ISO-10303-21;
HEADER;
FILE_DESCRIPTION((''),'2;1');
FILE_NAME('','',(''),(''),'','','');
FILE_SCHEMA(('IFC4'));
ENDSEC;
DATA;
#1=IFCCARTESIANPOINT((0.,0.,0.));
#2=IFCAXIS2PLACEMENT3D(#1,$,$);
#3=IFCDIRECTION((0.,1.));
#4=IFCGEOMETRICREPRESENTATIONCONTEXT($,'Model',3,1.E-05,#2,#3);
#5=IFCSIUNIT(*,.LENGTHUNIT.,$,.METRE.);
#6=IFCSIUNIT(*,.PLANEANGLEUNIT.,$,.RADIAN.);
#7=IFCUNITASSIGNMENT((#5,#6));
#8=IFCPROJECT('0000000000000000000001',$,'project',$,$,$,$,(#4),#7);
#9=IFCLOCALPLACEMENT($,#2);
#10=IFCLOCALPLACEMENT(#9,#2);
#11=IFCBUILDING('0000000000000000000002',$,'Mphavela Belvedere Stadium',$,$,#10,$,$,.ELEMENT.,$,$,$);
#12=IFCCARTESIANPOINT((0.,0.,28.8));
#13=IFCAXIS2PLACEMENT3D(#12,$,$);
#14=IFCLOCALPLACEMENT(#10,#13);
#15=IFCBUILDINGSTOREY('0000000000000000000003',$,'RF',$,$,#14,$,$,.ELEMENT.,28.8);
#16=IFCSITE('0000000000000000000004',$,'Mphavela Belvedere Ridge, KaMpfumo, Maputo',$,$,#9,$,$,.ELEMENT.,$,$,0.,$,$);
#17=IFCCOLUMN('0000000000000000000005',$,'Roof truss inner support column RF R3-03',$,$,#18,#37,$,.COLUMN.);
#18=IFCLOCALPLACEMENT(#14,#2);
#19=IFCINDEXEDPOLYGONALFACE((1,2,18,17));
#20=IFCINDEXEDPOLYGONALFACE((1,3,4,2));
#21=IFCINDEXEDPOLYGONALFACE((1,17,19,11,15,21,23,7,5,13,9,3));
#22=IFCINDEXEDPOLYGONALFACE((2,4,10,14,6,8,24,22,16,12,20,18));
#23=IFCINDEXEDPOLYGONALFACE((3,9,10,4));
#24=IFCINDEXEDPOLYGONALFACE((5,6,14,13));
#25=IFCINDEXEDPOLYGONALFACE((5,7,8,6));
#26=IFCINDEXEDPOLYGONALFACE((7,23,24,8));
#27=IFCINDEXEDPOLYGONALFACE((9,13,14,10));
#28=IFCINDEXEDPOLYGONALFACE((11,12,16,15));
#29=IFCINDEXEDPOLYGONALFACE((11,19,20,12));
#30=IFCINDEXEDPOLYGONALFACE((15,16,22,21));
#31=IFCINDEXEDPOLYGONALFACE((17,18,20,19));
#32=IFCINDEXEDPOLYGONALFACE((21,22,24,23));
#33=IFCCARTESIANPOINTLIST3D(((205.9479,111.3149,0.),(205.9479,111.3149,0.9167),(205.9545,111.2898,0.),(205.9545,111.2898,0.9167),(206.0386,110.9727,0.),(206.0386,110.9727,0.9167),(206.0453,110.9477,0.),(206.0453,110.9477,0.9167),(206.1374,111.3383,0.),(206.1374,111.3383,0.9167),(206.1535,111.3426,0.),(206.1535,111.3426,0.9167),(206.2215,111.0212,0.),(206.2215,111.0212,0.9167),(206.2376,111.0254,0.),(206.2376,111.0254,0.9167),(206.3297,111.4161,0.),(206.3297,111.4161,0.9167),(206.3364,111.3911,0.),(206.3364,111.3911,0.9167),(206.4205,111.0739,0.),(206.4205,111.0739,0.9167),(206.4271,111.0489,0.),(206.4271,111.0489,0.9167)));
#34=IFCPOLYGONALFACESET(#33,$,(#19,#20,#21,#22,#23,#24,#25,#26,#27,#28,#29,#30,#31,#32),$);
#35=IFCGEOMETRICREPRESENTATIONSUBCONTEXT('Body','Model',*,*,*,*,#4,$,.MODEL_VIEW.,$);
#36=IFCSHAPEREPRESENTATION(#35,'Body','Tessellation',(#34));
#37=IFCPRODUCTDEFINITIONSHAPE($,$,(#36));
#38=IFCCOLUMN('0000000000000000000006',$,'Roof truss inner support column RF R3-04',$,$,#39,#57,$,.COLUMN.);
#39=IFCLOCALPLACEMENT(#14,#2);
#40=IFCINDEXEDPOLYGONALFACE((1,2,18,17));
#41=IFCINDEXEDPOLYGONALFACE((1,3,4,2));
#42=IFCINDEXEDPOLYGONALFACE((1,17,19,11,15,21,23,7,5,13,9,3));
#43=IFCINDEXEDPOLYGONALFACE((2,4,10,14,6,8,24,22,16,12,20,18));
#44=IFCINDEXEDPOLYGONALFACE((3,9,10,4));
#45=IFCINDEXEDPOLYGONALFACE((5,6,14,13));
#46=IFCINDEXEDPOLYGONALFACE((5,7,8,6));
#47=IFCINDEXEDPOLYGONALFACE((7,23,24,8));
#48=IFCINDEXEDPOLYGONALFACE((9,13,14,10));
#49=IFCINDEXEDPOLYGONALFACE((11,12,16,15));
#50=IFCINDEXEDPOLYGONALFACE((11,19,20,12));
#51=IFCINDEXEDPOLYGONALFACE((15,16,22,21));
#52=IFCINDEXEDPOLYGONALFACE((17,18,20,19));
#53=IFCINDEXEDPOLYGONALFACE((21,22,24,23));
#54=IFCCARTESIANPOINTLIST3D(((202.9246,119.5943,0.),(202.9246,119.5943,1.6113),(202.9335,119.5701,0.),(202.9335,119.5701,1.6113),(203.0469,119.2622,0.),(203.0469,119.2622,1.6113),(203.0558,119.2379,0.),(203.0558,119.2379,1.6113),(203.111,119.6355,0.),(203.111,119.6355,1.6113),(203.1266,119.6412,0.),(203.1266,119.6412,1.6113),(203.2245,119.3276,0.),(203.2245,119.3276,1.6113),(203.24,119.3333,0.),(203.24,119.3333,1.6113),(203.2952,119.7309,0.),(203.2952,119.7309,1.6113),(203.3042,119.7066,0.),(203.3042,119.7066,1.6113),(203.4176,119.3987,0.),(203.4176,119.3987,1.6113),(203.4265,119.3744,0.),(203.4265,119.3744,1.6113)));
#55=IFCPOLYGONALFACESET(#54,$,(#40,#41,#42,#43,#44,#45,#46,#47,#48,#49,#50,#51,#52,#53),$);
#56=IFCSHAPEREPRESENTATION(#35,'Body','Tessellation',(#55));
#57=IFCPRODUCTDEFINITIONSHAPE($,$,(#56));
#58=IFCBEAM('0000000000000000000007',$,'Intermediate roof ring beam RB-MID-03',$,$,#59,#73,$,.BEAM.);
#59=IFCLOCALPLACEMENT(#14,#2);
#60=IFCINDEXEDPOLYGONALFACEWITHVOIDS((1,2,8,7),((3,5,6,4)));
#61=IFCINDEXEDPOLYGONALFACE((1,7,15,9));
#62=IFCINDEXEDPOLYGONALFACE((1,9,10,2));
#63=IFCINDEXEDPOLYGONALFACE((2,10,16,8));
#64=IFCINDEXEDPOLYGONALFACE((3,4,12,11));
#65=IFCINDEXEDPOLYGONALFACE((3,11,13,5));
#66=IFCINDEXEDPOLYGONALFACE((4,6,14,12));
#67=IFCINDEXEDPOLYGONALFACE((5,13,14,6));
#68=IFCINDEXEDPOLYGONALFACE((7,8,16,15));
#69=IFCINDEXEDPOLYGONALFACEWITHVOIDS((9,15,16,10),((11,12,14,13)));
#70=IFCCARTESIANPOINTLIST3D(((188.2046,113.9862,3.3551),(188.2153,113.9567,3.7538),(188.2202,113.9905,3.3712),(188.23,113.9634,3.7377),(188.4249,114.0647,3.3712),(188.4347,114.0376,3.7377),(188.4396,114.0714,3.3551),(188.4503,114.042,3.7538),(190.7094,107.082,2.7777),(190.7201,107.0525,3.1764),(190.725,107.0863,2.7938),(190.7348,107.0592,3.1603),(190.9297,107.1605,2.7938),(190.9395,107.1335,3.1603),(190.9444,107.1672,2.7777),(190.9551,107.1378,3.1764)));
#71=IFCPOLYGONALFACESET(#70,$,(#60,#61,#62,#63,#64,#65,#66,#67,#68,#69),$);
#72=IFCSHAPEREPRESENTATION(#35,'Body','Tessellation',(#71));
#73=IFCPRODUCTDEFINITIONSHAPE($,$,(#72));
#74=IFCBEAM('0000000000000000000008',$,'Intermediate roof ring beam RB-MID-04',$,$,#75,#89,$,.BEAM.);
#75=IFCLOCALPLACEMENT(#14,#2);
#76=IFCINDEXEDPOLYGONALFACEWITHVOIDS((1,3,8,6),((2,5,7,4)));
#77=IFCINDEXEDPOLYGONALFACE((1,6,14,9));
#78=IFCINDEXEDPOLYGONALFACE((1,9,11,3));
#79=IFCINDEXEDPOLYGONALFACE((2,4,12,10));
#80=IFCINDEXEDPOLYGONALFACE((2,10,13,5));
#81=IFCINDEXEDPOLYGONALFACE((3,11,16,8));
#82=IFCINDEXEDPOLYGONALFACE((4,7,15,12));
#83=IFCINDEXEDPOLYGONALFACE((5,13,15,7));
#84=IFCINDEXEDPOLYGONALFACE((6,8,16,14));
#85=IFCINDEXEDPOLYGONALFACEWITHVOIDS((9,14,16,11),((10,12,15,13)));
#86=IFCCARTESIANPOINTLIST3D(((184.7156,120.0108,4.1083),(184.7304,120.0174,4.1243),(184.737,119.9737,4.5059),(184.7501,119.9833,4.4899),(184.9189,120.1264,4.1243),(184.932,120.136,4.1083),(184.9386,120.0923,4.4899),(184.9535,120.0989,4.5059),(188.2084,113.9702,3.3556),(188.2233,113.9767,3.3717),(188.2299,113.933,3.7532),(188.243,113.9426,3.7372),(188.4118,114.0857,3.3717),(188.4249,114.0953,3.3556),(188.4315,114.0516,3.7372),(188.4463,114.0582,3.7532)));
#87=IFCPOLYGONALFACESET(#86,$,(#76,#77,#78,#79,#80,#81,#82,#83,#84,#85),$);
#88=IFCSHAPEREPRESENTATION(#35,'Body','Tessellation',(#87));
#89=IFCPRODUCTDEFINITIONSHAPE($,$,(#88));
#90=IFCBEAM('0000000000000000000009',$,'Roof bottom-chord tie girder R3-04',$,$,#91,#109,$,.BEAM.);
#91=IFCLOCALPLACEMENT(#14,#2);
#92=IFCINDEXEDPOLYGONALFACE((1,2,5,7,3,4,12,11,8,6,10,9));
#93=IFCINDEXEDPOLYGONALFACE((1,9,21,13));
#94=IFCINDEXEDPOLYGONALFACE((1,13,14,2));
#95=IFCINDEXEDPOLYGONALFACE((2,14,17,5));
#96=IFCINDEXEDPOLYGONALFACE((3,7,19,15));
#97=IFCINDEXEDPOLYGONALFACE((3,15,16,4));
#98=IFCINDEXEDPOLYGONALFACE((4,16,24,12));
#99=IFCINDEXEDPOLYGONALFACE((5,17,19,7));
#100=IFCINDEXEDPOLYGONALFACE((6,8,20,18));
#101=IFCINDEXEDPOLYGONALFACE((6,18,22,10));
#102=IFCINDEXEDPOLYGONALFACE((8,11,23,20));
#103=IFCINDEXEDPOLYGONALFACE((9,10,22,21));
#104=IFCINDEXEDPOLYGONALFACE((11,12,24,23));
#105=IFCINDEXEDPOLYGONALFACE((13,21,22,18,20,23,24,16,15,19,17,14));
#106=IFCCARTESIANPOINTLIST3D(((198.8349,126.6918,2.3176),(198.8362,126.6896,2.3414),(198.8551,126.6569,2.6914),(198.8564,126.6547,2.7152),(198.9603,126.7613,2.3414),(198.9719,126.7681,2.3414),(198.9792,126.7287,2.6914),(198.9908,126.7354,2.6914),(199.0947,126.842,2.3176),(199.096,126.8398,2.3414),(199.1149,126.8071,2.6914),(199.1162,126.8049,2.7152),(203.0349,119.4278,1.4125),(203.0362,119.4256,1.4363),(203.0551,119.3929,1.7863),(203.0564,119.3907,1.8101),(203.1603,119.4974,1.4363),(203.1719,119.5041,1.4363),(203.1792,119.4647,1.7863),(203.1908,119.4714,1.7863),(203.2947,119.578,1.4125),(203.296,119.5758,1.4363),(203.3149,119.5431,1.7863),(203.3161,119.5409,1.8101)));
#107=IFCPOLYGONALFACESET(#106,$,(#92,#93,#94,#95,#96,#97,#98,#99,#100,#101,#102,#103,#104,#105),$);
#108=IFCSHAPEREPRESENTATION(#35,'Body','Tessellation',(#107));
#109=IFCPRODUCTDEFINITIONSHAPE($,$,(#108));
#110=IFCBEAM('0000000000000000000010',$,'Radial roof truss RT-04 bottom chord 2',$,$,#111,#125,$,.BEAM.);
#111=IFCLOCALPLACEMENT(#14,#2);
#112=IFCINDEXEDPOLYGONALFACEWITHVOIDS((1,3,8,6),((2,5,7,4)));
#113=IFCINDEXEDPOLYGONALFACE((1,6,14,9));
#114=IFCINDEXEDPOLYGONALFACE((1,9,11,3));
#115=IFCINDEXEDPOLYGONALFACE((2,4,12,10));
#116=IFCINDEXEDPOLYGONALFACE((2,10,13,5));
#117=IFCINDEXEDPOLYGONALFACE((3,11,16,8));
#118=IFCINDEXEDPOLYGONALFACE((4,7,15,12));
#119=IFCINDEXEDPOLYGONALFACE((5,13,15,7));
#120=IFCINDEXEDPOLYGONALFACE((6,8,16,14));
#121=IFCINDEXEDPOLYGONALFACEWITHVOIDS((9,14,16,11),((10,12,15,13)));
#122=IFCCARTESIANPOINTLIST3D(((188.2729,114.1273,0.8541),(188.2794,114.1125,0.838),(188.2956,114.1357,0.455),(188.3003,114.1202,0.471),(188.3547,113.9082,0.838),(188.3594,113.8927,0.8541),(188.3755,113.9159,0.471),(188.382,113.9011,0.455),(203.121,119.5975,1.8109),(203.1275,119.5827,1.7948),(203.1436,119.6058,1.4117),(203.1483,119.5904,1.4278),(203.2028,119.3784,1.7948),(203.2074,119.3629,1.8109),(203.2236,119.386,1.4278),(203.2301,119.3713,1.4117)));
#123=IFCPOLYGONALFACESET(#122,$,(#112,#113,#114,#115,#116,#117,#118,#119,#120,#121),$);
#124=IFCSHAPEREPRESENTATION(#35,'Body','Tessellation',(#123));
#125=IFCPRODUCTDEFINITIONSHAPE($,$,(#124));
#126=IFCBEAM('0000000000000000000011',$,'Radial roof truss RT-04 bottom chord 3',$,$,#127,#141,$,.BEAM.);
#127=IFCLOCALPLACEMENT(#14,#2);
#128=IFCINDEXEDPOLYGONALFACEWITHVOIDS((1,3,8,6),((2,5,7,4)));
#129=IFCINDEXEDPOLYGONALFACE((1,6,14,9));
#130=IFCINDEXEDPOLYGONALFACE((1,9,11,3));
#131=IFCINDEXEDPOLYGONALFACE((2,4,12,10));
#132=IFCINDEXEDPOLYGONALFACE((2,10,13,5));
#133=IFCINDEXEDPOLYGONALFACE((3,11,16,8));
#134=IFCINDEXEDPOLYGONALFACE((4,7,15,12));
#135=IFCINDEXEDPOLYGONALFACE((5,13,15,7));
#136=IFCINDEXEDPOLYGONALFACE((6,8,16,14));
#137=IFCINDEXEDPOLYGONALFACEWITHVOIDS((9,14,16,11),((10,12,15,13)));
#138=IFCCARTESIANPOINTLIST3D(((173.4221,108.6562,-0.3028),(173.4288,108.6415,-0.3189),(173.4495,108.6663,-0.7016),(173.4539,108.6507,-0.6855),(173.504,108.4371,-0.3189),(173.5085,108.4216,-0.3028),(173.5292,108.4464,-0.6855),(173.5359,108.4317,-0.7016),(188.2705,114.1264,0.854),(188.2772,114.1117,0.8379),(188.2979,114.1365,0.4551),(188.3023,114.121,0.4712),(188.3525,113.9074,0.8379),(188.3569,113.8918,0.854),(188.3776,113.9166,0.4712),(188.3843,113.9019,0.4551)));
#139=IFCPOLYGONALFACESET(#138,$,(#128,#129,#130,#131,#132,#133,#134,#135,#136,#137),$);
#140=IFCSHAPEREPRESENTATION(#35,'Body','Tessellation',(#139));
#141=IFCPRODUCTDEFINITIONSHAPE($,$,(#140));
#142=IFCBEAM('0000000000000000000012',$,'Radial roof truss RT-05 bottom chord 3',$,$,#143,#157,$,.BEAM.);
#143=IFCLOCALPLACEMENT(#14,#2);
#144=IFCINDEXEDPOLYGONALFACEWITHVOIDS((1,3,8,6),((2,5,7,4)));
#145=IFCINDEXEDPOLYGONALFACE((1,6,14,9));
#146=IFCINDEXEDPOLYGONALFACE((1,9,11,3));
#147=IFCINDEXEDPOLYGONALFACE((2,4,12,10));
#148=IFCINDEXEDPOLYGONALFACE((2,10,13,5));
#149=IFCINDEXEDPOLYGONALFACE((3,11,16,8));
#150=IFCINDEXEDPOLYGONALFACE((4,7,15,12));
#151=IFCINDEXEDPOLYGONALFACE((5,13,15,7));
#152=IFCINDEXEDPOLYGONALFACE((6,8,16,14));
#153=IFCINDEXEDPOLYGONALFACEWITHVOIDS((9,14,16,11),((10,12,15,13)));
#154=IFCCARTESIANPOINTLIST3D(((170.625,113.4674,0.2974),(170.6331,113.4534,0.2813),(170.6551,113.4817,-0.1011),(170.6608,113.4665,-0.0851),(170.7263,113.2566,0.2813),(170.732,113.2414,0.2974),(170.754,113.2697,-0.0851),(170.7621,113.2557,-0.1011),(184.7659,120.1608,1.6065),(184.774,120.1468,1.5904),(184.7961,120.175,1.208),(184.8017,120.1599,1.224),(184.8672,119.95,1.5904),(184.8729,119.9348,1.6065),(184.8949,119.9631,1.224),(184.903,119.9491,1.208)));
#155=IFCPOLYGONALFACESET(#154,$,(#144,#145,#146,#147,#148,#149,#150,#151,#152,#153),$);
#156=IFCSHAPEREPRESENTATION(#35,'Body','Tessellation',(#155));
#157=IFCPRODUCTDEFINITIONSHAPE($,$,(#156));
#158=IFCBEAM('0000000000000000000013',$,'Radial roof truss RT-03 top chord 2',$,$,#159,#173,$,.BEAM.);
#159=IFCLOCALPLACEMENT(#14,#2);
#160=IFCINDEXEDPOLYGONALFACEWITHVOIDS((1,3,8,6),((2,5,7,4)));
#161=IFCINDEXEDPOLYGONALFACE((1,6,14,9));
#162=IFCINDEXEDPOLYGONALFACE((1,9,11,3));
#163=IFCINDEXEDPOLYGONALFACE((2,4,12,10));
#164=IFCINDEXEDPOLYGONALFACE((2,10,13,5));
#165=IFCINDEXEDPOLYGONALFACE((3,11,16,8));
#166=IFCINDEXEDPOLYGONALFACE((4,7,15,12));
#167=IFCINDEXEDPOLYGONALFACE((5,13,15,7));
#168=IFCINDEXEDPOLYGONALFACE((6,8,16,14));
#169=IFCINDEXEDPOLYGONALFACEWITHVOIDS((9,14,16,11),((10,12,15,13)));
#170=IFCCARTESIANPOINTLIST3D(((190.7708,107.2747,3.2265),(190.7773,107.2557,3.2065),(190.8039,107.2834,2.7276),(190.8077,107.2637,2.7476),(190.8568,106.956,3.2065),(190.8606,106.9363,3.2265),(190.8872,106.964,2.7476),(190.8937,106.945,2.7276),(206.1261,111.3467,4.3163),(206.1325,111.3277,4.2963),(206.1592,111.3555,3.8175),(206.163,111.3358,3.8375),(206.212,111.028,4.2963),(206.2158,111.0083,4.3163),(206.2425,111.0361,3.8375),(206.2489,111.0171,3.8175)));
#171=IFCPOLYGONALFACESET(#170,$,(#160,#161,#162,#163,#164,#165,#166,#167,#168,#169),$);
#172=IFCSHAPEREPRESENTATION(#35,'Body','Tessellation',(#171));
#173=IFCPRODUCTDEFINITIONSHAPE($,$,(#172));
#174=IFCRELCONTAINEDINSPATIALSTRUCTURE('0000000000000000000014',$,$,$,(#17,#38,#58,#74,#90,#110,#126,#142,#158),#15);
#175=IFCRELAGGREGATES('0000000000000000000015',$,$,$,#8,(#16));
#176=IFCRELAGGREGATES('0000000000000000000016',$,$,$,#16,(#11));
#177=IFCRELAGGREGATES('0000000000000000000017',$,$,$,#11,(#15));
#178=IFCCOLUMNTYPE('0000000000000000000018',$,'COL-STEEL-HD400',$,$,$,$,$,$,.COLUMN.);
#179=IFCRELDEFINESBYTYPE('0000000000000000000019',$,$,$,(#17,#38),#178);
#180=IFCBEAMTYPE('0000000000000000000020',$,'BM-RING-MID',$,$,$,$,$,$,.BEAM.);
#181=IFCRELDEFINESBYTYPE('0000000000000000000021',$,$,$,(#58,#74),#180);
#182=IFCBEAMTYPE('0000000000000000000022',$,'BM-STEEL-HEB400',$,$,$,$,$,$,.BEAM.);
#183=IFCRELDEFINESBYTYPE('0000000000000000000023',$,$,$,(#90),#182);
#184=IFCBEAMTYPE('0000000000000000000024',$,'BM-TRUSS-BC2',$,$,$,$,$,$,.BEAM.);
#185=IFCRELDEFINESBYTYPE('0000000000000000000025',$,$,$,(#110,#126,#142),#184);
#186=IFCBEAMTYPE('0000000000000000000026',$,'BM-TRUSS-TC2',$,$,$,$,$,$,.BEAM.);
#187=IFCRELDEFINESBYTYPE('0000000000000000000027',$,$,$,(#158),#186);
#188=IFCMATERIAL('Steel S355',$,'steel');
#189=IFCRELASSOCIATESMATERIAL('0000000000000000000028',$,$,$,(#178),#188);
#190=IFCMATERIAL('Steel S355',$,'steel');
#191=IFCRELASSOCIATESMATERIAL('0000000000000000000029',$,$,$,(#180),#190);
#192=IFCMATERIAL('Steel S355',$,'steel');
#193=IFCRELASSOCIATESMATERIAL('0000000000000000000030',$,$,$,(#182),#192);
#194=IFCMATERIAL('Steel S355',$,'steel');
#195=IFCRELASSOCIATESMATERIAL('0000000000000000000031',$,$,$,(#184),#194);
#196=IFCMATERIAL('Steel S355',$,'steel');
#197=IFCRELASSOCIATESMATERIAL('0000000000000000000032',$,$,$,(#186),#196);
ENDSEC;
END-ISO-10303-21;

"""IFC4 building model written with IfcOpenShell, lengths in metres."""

from ifc_helpers import new_model, si_unit, direction, frame, origin, origin_2d, place, context, subcontext, project, spatial, hollow_rectangle, i_section, extrude, material, material_profile, profile_set, type_object, element, save


model = new_model("IFC4")

# Units and contexts
model_context = context("Model", 3, precision=1e-05, world=origin(), true_north=direction((0.0, 1.0)))
body_context = subcontext(model_context, "Body", "Model", "MODEL_VIEW")
ifc_project = project(units=[si_unit("LENGTHUNIT", "METRE"), si_unit("PLANEANGLEUNIT", "RADIAN")], contexts=[model_context])

# Site, building, storey
site_placement = place(None, origin())
site = spatial("IfcSite", under=ifc_project, at=site_placement, Name="Mphavela Belvedere Ridge, KaMpfumo, Maputo", CompositionType="ELEMENT", RefElevation=0.0)
building_placement = place(site_placement, origin())
building = spatial("IfcBuilding", under=site, at=building_placement, Name="Mphavela Belvedere Stadium", CompositionType="ELEMENT")
storey_placement = place(building_placement, frame((0.0, 0.0, 28.8)))
storey = spatial("IfcBuildingStorey", under=building, at=storey_placement, Name="RF", CompositionType="ELEMENT", Elevation=28.8)

# Columns
ifc_material_1 = material(Name="Steel S355", Category="steel")
ifc_material_profile_1 = material_profile(ifc_material_1, i_section(OverallWidth=0.395, OverallDepth=0.3799, WebThickness=0.0166, FlangeThickness=0.0259, at=origin_2d()), Name="HD 400x237")
ifc_profile_set_1 = profile_set([ifc_material_profile_1], Name="Steel S355")
column_type = type_object("IfcColumnType", Name="COL-STEEL-HD400", PredefinedType="COLUMN", material=ifc_profile_set_1)
column_1_placement = place(storey_placement, frame((206.1875, 111.1819, 0.0), z_axis=(0.0, 0.0, 1.0), x_axis=(0.9666, 0.256289, 0.0)))
element("IfcColumn", 1, at=column_1_placement, inside=storey, type_object=column_type, Name="Roof truss inner support column RF R3-03", PredefinedType="COLUMN", context=body_context, shape_type="SweptSolid", body=[
    extrude(i_section(OverallWidth=0.395, OverallDepth=0.3799, WebThickness=0.0166, FlangeThickness=0.0259, at=origin_2d()), origin(), (0.0, 0.0, 1.0), 0.9167),
])
column_2_placement = place(storey_placement, frame((203.1755, 119.4844, 0.0), z_axis=(0.0, 0.0, 1.0), x_axis=(0.938372, 0.345626, 0.0)))
element("IfcColumn", 2, at=column_2_placement, inside=storey, type_object=column_type, Name="Roof truss inner support column RF R3-04", PredefinedType="COLUMN", context=body_context, shape_type="SweptSolid", body=[
    extrude(i_section(OverallWidth=0.395, OverallDepth=0.3799, WebThickness=0.0166, FlangeThickness=0.0259, at=origin_2d()), origin(), (0.0, 0.0, 1.0), 1.6113),
])

# Beams
ifc_material_2 = material(Name="Steel S355", Category="steel")
ifc_material_profile_2 = material_profile(ifc_material_2, hollow_rectangle(XDim=0.25, YDim=0.3999, WallThickness=0.0161, at=origin_2d()), Name="RHS 400x250x16")
ifc_profile_set_2 = profile_set([ifc_material_profile_2], Name="Steel S355")
beam_type_1 = type_object("IfcBeamType", Name="BM-RING-MID", PredefinedType="BEAM", material=ifc_profile_set_2)
beam_1_placement = place(storey_placement, frame((190.8323, 107.1099, 2.9771), z_axis=(-0.34, 0.937154, 0.078372), x_axis=(-0.940046, -0.341049, 0.0)))
element("IfcBeam", 3, at=beam_1_placement, inside=storey, type_object=beam_type_1, Name="Intermediate roof ring beam RB-MID-03", PredefinedType="BEAM", context=body_context, shape_type="SweptSolid", body=[
    extrude(hollow_rectangle(XDim=0.25, YDim=0.3999, WallThickness=0.0161, at=origin_2d()), origin(), (0.0, 0.0, 1.0), 7.3672),
])
beam_2_placement = place(storey_placement, frame((188.3274, 114.0142, 3.5544), z_axis=(-0.49768, 0.860705, 0.107245), x_axis=(-0.865698, -0.500567, 0.0)))
element("IfcBeam", 4, at=beam_2_placement, inside=storey, type_object=beam_type_1, Name="Intermediate roof ring beam RB-MID-04", PredefinedType="BEAM", context=body_context, shape_type="SweptSolid", body=[
    extrude(hollow_rectangle(XDim=0.25, YDim=0.3999, WallThickness=0.0161, at=origin_2d()), origin(), (0.0, 0.0, 1.0), 7.0183),
])
ifc_material_3 = material(Name="Steel S355", Category="steel")
ifc_material_profile_3 = material_profile(ifc_material_3, i_section(OverallWidth=0.3, OverallDepth=0.3999, WebThickness=0.0134, FlangeThickness=0.0239, at=origin_2d()), Name="HEB 400")
ifc_profile_set_3 = profile_set([ifc_material_profile_3], Name="Steel S355")
beam_type_2 = type_object("IfcBeamType", Name="BM-STEEL-HEB400", PredefinedType="BEAM", material=ifc_profile_set_3)
beam_3_placement = place(storey_placement, frame((203.1755, 119.4844, 1.6113), z_axis=(-0.497661, 0.860717, 0.107239), x_axis=(-0.865709, -0.500548, 0.0)))
element("IfcBeam", 5, at=beam_3_placement, inside=storey, type_object=beam_type_2, Name="Roof bottom-chord tie girder R3-04", PredefinedType="BEAM", context=body_context, shape_type="SweptSolid", body=[
    extrude(i_section(OverallWidth=0.3, OverallDepth=0.3999, WebThickness=0.0134, FlangeThickness=0.0239, at=origin_2d()), origin(), (0.0, 0.0, 1.0), 8.4395),
])
ifc_material_4 = material(Name="Steel S355", Category="steel")
ifc_material_profile_4 = material_profile(ifc_material_4, hollow_rectangle(XDim=0.25, YDim=0.3999, WallThickness=0.0161, at=origin_2d()), Name="RHS 400x250x16")
ifc_profile_set_4 = profile_set([ifc_material_profile_4], Name="Steel S355")
beam_type_3 = type_object("IfcBeamType", Name="BM-TRUSS-BC2", PredefinedType="BEAM", material=ifc_profile_set_4)
beam_4_placement = place(storey_placement, frame((203.1755, 119.4844, 1.6113), z_axis=(-0.936636, -0.345067, -0.060355), x_axis=(0.345697, -0.938346, 0.0)))
element("IfcBeam", 6, at=beam_4_placement, inside=storey, type_object=beam_type_3, Name="Radial roof truss RT-04 bottom chord 2", PredefinedType="BEAM", context=body_context, shape_type="SweptSolid", body=[
    extrude(hollow_rectangle(XDim=0.25, YDim=0.3999, WallThickness=0.0161, at=origin_2d()), origin(), (0.0, 0.0, 1.0), 15.8525),
])
beam_5_placement = place(storey_placement, frame((188.3274, 114.0142, 0.6545), z_axis=(-0.935851, -0.344772, -0.072906), x_axis=(0.345692, -0.938348, 0.0)))
element("IfcBeam", 7, at=beam_5_placement, inside=storey, type_object=beam_type_3, Name="Radial roof truss RT-04 bottom chord 3", PredefinedType="BEAM", context=body_context, shape_type="SweptSolid", body=[
    extrude(hollow_rectangle(XDim=0.25, YDim=0.3999, WallThickness=0.0161, at=origin_2d()), origin(), (0.0, 0.0, 1.0), 15.8662),
])
beam_6_placement = place(storey_placement, frame((184.8345, 120.0549, 1.4072), z_axis=(-0.900713, -0.426338, -0.083383), x_axis=(0.427828, -0.90386, 0.0)))
element("IfcBeam", 8, at=beam_6_placement, inside=storey, type_object=beam_type_3, Name="Radial roof truss RT-05 bottom chord 3", PredefinedType="BEAM", context=body_context, shape_type="SweptSolid", body=[
    extrude(hollow_rectangle(XDim=0.25, YDim=0.3999, WallThickness=0.0161, at=origin_2d()), origin(), (0.0, 0.0, 1.0), 15.6997),
])
ifc_material_5 = material(Name="Steel S355", Category="steel")
ifc_material_profile_5 = material_profile(ifc_material_5, hollow_rectangle(XDim=0.3501, YDim=0.5, WallThickness=0.02, at=origin_2d()), Name="RHS 500x350x20")
ifc_profile_set_5 = profile_set([ifc_material_profile_5], Name="Steel S355")
beam_type_4 = type_object("IfcBeamType", Name="BM-TRUSS-TC2", PredefinedType="BEAM", material=ifc_profile_set_5)
beam_7_placement = place(storey_placement, frame((206.1875, 111.1819, 4.0669), z_axis=(-0.964323, -0.255727, -0.068443), x_axis=(0.256328, -0.96659, 0.0)))
element("IfcBeam", 9, at=beam_7_placement, inside=storey, type_object=beam_type_4, Name="Radial roof truss RT-03 top chord 2", PredefinedType="BEAM", context=body_context, shape_type="SweptSolid", body=[
    extrude(hollow_rectangle(XDim=0.3501, YDim=0.5, WallThickness=0.02, at=origin_2d()), origin(), (0.0, 0.0, 1.0), 15.9233),
])

save(model, "model.ifc")
